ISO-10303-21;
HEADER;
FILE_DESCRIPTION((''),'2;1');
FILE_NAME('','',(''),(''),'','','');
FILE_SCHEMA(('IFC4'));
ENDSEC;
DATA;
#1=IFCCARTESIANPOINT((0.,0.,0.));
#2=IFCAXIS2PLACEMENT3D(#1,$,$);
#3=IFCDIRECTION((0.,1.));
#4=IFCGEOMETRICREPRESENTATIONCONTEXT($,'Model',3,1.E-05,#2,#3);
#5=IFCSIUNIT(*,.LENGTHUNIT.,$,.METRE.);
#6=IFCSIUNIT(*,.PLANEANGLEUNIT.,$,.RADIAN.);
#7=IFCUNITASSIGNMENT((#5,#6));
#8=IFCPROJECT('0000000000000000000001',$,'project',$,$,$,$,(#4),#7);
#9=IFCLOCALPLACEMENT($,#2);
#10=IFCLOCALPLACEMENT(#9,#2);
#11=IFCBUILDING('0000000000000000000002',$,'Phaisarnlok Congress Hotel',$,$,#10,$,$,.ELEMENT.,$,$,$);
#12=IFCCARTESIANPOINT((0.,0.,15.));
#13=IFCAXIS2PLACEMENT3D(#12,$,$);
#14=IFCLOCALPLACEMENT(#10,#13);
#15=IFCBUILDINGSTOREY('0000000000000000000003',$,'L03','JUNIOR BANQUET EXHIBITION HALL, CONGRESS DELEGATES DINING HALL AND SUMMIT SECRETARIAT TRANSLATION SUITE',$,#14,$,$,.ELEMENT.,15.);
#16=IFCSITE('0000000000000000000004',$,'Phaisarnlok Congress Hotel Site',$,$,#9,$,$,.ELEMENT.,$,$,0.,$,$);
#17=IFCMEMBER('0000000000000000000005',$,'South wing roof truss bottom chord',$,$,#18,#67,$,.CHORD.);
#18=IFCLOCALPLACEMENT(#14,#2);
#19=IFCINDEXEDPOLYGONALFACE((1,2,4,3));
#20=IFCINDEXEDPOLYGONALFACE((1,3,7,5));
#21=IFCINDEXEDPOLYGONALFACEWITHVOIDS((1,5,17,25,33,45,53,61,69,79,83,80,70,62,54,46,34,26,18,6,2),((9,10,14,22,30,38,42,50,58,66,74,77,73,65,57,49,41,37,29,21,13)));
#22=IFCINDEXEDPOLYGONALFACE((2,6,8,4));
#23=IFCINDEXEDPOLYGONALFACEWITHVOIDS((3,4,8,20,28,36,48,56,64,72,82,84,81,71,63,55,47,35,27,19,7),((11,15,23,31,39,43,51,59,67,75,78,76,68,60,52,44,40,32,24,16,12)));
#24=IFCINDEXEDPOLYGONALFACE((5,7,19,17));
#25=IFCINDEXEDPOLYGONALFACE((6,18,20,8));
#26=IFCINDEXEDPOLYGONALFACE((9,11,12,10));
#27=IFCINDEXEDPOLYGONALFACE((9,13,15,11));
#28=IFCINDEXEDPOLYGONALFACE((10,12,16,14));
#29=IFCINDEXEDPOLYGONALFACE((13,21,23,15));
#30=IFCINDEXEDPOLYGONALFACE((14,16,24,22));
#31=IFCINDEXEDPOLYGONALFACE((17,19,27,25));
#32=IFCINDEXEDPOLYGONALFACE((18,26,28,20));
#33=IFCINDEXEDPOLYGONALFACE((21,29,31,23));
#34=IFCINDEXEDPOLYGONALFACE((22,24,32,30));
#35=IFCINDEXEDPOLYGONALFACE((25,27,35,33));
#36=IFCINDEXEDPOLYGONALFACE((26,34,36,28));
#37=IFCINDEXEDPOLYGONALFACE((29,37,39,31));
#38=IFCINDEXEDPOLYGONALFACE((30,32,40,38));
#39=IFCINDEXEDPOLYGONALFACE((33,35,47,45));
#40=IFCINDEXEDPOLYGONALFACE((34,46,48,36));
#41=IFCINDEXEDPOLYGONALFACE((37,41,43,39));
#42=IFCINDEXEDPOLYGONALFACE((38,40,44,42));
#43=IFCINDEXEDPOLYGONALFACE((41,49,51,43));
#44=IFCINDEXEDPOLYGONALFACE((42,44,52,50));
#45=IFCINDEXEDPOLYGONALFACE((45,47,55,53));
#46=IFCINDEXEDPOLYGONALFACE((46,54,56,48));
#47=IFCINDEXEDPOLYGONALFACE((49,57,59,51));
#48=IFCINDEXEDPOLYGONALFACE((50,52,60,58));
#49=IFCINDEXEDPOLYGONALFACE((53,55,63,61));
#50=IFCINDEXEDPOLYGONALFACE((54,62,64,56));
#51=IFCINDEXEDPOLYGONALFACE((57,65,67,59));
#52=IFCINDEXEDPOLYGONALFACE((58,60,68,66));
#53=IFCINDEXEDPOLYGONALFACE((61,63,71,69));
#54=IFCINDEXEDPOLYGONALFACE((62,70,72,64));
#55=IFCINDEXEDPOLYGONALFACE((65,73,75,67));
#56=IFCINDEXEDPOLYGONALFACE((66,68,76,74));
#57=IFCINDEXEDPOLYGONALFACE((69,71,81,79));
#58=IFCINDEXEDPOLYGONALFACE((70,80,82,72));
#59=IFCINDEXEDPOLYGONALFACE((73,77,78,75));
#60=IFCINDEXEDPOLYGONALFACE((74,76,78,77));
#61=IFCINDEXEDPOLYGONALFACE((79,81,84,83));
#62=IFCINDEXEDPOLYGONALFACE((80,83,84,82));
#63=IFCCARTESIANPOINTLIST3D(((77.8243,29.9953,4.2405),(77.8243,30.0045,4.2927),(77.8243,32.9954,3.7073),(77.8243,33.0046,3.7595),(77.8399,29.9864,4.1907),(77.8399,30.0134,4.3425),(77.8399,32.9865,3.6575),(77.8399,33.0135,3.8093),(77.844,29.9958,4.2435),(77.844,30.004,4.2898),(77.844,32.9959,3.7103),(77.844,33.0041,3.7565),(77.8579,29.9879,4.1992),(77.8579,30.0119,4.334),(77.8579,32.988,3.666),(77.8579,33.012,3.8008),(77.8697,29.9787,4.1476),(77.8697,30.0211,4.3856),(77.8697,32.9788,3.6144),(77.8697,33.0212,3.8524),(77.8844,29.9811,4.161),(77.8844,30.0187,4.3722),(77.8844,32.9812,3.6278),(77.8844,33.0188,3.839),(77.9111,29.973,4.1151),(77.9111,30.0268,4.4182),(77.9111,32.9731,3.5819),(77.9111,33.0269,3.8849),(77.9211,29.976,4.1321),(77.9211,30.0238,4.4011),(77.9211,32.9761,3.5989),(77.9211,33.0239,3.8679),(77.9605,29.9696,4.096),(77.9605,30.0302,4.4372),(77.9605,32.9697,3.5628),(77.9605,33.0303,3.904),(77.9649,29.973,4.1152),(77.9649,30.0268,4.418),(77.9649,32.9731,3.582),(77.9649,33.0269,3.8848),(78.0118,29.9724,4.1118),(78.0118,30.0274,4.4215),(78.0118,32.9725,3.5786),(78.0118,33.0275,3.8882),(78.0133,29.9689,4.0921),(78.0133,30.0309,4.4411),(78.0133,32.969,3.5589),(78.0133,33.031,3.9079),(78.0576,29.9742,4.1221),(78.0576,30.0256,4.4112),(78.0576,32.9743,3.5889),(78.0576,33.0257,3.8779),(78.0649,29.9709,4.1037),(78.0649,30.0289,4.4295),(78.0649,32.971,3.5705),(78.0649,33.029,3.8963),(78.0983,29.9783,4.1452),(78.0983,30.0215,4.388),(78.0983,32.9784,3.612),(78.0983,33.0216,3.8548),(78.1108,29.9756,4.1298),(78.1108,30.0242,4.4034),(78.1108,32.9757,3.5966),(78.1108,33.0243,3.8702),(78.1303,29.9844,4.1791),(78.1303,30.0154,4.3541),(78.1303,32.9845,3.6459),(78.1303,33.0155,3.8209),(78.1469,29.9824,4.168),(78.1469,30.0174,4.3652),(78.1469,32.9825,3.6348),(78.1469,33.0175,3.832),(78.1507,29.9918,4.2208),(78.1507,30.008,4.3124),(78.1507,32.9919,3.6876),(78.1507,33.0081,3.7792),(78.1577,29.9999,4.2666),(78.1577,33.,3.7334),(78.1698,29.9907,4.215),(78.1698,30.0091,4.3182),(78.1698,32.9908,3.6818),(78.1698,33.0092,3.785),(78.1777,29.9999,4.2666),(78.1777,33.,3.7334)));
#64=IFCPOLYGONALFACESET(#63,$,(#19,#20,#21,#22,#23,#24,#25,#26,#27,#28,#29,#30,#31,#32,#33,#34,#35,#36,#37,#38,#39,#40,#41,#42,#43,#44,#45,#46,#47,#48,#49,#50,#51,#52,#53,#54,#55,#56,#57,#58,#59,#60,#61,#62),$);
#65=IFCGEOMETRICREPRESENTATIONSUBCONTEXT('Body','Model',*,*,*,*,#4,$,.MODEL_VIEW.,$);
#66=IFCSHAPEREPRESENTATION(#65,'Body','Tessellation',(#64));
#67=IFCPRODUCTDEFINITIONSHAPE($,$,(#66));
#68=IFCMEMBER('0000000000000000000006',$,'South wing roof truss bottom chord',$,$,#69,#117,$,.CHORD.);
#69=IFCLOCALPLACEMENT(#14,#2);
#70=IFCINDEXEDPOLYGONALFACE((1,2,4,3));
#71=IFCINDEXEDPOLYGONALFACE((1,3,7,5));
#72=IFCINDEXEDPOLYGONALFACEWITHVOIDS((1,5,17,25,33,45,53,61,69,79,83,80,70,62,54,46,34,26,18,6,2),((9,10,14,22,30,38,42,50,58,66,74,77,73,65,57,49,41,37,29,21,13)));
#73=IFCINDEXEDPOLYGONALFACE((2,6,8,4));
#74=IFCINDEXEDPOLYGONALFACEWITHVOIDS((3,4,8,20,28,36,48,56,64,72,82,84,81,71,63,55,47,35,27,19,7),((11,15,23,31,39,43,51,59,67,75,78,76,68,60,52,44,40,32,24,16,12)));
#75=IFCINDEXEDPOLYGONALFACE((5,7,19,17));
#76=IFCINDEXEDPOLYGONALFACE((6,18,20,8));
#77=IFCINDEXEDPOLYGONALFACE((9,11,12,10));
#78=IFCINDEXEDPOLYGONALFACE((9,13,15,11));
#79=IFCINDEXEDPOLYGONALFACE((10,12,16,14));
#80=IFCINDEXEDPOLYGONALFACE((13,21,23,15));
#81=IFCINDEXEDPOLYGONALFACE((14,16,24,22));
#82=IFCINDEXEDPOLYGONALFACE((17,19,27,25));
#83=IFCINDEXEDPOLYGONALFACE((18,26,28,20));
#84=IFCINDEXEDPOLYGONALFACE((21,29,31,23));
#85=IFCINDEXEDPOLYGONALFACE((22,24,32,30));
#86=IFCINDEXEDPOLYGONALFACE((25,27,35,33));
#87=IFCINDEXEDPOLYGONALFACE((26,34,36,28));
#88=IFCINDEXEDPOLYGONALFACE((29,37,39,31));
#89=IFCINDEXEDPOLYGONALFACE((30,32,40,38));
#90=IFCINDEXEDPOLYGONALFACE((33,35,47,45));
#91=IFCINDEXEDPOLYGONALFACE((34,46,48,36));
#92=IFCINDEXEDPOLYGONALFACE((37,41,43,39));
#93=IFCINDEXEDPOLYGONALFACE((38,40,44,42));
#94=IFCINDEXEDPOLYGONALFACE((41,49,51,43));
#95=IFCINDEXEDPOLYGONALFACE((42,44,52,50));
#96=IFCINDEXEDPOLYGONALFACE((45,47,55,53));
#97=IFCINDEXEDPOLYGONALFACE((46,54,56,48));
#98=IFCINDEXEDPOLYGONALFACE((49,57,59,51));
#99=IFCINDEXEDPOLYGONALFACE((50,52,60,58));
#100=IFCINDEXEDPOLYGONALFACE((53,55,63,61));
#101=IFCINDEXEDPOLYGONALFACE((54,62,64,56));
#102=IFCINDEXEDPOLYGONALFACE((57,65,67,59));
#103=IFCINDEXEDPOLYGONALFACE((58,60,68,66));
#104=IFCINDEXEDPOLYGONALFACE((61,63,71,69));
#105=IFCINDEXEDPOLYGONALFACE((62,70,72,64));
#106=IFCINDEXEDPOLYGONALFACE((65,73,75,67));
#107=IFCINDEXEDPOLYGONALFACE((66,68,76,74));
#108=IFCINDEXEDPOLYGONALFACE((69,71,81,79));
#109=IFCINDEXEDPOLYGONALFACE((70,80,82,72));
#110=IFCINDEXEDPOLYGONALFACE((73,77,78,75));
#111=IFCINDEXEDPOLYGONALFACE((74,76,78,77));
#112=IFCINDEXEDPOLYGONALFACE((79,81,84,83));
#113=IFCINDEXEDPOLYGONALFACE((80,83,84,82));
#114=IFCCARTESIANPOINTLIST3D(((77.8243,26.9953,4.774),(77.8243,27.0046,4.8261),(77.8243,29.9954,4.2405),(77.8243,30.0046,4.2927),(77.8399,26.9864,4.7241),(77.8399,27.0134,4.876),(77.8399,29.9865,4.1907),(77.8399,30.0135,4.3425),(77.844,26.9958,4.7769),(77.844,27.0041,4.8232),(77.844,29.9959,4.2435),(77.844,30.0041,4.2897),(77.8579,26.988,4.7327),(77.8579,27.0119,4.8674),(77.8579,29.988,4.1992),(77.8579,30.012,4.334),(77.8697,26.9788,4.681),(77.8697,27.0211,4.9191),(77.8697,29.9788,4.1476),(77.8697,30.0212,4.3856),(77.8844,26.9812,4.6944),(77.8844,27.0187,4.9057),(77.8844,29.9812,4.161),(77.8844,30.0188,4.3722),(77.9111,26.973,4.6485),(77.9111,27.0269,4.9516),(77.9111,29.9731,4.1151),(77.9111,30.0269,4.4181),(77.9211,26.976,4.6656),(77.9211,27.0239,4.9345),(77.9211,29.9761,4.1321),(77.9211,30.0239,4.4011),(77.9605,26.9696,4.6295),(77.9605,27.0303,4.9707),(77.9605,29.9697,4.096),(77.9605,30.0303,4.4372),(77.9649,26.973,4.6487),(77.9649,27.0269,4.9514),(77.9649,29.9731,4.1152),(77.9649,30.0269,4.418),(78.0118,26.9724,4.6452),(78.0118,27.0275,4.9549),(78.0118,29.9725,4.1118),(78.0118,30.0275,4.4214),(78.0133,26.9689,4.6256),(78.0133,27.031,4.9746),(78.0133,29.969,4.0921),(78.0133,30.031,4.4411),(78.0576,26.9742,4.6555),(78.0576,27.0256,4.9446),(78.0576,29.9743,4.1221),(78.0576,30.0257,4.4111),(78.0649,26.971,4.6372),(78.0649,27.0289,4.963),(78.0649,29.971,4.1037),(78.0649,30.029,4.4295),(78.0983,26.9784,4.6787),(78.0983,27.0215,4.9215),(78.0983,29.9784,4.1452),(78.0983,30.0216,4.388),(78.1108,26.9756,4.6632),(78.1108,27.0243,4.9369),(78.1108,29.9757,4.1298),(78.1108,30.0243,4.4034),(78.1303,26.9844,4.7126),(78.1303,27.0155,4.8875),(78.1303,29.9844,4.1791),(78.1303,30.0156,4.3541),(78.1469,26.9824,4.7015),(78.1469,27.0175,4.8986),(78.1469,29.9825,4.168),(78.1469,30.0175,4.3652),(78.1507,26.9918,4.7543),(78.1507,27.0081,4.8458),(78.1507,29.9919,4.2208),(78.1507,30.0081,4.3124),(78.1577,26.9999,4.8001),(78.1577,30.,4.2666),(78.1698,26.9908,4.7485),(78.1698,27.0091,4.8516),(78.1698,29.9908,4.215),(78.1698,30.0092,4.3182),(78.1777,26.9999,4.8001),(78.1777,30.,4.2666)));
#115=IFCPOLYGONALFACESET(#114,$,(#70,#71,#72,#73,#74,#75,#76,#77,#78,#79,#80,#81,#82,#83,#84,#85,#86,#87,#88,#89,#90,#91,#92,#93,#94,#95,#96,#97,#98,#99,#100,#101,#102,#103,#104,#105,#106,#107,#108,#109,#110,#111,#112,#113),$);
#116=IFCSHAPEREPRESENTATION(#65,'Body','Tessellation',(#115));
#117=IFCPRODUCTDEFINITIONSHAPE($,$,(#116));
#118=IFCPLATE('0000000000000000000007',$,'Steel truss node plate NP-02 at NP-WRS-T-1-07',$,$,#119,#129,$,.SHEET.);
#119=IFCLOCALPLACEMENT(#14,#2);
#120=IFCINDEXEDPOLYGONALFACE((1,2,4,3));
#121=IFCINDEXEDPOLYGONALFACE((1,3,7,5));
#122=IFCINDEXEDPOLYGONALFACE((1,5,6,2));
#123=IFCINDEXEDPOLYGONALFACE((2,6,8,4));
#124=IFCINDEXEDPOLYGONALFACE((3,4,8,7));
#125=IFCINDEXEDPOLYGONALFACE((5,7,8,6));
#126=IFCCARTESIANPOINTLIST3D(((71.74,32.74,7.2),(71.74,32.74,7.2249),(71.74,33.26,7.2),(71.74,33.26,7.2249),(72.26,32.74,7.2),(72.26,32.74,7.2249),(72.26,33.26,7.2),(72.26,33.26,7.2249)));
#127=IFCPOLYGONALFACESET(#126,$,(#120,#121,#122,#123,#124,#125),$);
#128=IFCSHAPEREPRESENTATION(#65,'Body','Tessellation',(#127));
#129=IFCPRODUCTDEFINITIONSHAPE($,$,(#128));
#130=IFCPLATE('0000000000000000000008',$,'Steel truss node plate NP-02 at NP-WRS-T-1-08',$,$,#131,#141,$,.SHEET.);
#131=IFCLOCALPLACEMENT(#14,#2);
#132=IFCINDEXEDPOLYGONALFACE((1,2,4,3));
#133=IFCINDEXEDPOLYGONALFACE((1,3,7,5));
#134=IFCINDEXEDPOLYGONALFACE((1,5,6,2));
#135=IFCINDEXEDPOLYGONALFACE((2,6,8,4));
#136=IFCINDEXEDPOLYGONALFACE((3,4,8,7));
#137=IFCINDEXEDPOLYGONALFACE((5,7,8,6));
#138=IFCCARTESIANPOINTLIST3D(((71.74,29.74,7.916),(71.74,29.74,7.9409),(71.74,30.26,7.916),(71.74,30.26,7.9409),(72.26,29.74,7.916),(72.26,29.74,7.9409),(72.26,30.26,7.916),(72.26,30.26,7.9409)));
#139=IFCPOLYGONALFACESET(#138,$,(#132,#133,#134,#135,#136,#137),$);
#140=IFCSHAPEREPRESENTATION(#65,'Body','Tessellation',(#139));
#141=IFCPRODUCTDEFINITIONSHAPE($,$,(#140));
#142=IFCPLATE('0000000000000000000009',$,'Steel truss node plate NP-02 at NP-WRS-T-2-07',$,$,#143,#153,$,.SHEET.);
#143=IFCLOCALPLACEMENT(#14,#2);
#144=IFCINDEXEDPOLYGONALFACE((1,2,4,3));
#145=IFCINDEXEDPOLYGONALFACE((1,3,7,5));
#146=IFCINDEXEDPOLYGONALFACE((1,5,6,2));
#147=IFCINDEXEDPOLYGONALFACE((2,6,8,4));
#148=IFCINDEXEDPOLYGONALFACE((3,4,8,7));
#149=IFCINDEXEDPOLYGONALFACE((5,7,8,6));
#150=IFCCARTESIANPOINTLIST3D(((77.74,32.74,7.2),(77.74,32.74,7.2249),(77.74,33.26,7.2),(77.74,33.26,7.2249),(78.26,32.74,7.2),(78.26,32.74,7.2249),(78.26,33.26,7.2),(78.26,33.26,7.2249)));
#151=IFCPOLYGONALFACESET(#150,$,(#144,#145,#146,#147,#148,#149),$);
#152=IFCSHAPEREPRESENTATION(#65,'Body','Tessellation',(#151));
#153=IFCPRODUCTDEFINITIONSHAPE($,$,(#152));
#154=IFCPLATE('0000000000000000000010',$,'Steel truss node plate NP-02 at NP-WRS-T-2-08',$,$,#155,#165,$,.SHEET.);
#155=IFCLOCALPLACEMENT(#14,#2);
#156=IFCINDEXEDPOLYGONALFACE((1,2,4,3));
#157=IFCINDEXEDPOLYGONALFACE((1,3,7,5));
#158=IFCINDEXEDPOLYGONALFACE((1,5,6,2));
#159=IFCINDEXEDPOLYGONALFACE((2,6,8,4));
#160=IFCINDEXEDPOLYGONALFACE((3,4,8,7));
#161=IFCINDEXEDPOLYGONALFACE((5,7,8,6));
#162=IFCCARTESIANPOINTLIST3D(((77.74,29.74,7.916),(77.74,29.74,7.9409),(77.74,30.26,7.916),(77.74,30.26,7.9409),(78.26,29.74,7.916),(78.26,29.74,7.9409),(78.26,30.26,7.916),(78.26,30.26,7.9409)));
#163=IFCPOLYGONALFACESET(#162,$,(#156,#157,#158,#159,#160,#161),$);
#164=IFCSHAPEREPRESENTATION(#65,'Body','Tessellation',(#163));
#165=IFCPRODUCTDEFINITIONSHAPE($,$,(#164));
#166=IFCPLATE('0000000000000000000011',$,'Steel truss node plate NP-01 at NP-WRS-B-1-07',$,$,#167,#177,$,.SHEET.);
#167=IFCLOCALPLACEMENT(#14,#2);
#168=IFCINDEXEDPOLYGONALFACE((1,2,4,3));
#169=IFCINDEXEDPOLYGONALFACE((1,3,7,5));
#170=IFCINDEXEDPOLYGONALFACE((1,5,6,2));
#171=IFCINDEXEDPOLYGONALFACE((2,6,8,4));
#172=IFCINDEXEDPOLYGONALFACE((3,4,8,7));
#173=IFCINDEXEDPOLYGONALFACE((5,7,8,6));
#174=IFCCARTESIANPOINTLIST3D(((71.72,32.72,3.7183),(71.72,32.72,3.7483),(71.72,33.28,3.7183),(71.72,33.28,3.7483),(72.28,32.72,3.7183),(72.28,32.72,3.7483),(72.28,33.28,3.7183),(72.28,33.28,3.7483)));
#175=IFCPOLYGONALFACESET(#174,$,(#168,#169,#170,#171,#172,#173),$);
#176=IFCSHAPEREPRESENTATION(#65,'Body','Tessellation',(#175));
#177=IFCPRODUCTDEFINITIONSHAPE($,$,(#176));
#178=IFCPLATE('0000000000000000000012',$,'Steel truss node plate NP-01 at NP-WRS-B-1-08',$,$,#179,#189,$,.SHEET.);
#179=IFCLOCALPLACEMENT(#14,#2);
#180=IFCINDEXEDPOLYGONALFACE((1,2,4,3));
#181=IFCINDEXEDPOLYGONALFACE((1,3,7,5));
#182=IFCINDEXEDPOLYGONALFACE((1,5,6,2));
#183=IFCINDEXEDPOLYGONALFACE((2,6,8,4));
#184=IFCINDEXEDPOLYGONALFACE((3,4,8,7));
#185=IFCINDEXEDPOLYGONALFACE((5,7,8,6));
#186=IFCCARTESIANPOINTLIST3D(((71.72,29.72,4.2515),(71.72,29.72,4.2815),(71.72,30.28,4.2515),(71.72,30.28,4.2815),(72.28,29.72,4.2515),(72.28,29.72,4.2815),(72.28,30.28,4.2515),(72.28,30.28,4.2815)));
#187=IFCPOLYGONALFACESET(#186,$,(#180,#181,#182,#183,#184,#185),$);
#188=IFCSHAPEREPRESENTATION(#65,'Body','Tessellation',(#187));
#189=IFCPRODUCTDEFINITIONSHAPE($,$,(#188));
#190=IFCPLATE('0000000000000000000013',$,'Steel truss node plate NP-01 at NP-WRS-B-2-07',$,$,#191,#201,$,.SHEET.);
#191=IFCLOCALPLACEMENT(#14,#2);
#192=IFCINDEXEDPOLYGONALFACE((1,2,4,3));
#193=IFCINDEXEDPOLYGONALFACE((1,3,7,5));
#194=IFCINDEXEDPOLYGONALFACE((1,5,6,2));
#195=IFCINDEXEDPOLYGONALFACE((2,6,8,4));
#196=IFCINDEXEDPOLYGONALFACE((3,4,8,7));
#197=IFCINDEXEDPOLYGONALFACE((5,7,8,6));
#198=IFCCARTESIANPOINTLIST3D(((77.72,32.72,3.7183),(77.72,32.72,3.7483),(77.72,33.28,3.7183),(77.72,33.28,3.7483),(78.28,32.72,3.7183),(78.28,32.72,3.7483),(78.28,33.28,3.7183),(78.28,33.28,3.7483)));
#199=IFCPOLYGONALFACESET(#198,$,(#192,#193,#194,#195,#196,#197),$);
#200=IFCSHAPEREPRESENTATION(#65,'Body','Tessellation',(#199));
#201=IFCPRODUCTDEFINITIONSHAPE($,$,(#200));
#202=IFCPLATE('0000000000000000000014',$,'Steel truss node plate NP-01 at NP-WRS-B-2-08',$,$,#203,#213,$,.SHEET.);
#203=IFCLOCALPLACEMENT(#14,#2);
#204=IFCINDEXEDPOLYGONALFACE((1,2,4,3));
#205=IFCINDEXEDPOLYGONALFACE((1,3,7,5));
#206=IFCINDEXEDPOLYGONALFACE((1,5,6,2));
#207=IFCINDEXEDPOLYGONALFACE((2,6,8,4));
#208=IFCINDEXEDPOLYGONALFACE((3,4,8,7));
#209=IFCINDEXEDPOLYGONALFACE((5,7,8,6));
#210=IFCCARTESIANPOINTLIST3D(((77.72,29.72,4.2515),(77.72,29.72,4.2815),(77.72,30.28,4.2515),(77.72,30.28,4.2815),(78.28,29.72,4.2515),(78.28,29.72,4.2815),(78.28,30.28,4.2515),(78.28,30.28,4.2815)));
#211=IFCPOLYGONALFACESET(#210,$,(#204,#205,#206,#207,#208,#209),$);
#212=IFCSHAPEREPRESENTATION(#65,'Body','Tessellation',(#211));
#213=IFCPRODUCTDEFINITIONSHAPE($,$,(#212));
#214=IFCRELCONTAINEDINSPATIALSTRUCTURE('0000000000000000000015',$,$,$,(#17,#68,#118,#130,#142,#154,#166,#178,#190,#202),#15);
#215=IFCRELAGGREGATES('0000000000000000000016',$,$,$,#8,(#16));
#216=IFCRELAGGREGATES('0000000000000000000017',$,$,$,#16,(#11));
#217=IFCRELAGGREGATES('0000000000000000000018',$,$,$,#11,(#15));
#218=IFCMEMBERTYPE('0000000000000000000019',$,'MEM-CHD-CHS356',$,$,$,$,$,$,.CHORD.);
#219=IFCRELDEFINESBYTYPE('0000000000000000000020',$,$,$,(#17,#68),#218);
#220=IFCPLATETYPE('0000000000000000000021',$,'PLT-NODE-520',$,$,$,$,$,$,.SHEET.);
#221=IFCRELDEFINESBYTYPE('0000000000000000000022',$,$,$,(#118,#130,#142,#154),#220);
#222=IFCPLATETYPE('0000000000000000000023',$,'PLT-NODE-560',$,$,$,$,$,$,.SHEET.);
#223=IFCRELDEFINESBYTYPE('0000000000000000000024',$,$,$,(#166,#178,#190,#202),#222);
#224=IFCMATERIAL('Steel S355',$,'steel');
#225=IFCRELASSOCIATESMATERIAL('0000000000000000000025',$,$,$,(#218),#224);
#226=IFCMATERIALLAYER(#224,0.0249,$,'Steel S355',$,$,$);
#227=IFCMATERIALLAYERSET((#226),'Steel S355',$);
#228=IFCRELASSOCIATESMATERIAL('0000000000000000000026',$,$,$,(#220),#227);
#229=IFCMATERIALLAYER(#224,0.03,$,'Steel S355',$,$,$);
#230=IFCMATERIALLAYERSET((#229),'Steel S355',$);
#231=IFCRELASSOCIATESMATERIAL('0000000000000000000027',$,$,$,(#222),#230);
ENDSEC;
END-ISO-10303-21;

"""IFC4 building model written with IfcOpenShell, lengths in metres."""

from ifc_helpers import new_model, si_unit, direction, frame, origin, origin_2d, place, context, subcontext, project, spatial, rectangle, hollow_circle, extrude, material, layer, layer_set, material_profile, profile_set, type_object, element, save


model = new_model("IFC4")

# Units and contexts
model_context = context("Model", 3, precision=1e-05, world=origin(), true_north=direction((0.0, 1.0)))
body_context = subcontext(model_context, "Body", "Model", "MODEL_VIEW")
ifc_project = project(units=[si_unit("LENGTHUNIT", "METRE"), si_unit("PLANEANGLEUNIT", "RADIAN")], contexts=[model_context])

# Site, building, storey
site_placement = place(None, origin())
site = spatial("IfcSite", under=ifc_project, at=site_placement, Name="Phaisarnlok Congress Hotel Site", CompositionType="ELEMENT", RefElevation=0.0)
building_placement = place(site_placement, origin())
building = spatial("IfcBuilding", under=site, at=building_placement, Name="Phaisarnlok Congress Hotel", CompositionType="ELEMENT")
storey_placement = place(building_placement, frame((0.0, 0.0, 15.0)))
storey = spatial("IfcBuildingStorey", under=building, at=storey_placement, Name="L03", Description="JUNIOR BANQUET EXHIBITION HALL, CONGRESS DELEGATES DINING HALL AND SUMMIT SECRETARIAT TRANSLATION SUITE", CompositionType="ELEMENT", Elevation=15.0)

# Shared definitions
ifc_material_1 = material(Name="Steel S355", Category="steel")

# Members
ifc_material_profile_1 = material_profile(ifc_material_1, hollow_circle(Radius=0.1777, WallThickness=0.02, at=origin_2d()), Name="CHS 355.6x20")
ifc_profile_set_1 = profile_set([ifc_material_profile_1], Name="Steel S355")
member_type_1 = type_object("IfcMemberType", Name="MEM-CHD-CHS356", PredefinedType="CHORD", material=ifc_profile_set_1)
for number, where, z_axis, x_axis, name in (
    (1, (78.0, 33.0, 3.7334), (0.0, -0.98457, 0.174992), (1.0, 0.0, 0.0), "South wing roof truss bottom chord"),
    (2, (78.0, 30.0, 4.2666), (0.0, -0.984556, 0.17507), (1.0, 0.0, 0.0), "South wing roof truss bottom chord"),
):
    element("IfcMember", number, at=place(storey_placement, frame(where, z_axis=z_axis, x_axis=x_axis)), inside=storey, type_object=member_type_1, Name=name, PredefinedType="CHORD", context=body_context, shape_type="SweptSolid", body=[
        extrude(hollow_circle(Radius=0.1777, WallThickness=0.02, at=origin_2d()), origin(), (0.0, 0.0, 1.0), 3.0471),
    ])

# Plates
ifc_layer_1 = layer(ifc_material_1, 0.0249, Name="Steel S355")
ifc_layer_set_1 = layer_set([ifc_layer_1], Name="Steel S355")
plate_type_1 = type_object("IfcPlateType", Name="PLT-NODE-520", PredefinedType="SHEET", material=ifc_layer_set_1)
for number, where, z_axis, x_axis, name in (
    (3, (72.0, 33.0, 7.2), (0.0, 0.0, 1.0), (1.0, 0.0, 0.0), "Steel truss node plate NP-02 at NP-WRS-T-1-07"),
    (4, (72.0, 30.0, 7.916), (0.0, 0.0, 1.0), (1.0, 0.0, 0.0), "Steel truss node plate NP-02 at NP-WRS-T-1-08"),
    (5, (78.0, 33.0, 7.2), (0.0, 0.0, 1.0), (1.0, 0.0, 0.0), "Steel truss node plate NP-02 at NP-WRS-T-2-07"),
    (6, (78.0, 30.0, 7.916), (0.0, 0.0, 1.0), (1.0, 0.0, 0.0), "Steel truss node plate NP-02 at NP-WRS-T-2-08"),
):
    element("IfcPlate", number, at=place(storey_placement, frame(where, z_axis=z_axis, x_axis=x_axis)), inside=storey, type_object=plate_type_1, Name=name, PredefinedType="SHEET", context=body_context, shape_type="SweptSolid", body=[
        extrude(rectangle(XDim=0.52, YDim=0.52, at=origin_2d()), origin(), (0.0, 0.0, 1.0), 0.0249),
    ])
ifc_layer_2 = layer(ifc_material_1, 0.03, Name="Steel S355")
ifc_layer_set_2 = layer_set([ifc_layer_2], Name="Steel S355")
plate_type_2 = type_object("IfcPlateType", Name="PLT-NODE-560", PredefinedType="SHEET", material=ifc_layer_set_2)
for number, where, z_axis, x_axis, name in (
    (7, (72.0, 33.0, 3.7183), (0.0, 0.0, 1.0), (1.0, 0.0, 0.0), "Steel truss node plate NP-01 at NP-WRS-B-1-07"),
    (8, (72.0, 30.0, 4.2515), (0.0, 0.0, 1.0), (1.0, 0.0, 0.0), "Steel truss node plate NP-01 at NP-WRS-B-1-08"),
    (9, (78.0, 33.0, 3.7183), (0.0, 0.0, 1.0), (1.0, 0.0, 0.0), "Steel truss node plate NP-01 at NP-WRS-B-2-07"),
    (10, (78.0, 30.0, 4.2515), (0.0, 0.0, 1.0), (1.0, 0.0, 0.0), "Steel truss node plate NP-01 at NP-WRS-B-2-08"),
):
    element("IfcPlate", number, at=place(storey_placement, frame(where, z_axis=z_axis, x_axis=x_axis)), inside=storey, type_object=plate_type_2, Name=name, PredefinedType="SHEET", context=body_context, shape_type="SweptSolid", body=[
        extrude(rectangle(XDim=0.5601, YDim=0.5601, at=origin_2d()), origin(), (0.0, 0.0, 1.0), 0.03),
    ])

save(model, "model.ifc")
